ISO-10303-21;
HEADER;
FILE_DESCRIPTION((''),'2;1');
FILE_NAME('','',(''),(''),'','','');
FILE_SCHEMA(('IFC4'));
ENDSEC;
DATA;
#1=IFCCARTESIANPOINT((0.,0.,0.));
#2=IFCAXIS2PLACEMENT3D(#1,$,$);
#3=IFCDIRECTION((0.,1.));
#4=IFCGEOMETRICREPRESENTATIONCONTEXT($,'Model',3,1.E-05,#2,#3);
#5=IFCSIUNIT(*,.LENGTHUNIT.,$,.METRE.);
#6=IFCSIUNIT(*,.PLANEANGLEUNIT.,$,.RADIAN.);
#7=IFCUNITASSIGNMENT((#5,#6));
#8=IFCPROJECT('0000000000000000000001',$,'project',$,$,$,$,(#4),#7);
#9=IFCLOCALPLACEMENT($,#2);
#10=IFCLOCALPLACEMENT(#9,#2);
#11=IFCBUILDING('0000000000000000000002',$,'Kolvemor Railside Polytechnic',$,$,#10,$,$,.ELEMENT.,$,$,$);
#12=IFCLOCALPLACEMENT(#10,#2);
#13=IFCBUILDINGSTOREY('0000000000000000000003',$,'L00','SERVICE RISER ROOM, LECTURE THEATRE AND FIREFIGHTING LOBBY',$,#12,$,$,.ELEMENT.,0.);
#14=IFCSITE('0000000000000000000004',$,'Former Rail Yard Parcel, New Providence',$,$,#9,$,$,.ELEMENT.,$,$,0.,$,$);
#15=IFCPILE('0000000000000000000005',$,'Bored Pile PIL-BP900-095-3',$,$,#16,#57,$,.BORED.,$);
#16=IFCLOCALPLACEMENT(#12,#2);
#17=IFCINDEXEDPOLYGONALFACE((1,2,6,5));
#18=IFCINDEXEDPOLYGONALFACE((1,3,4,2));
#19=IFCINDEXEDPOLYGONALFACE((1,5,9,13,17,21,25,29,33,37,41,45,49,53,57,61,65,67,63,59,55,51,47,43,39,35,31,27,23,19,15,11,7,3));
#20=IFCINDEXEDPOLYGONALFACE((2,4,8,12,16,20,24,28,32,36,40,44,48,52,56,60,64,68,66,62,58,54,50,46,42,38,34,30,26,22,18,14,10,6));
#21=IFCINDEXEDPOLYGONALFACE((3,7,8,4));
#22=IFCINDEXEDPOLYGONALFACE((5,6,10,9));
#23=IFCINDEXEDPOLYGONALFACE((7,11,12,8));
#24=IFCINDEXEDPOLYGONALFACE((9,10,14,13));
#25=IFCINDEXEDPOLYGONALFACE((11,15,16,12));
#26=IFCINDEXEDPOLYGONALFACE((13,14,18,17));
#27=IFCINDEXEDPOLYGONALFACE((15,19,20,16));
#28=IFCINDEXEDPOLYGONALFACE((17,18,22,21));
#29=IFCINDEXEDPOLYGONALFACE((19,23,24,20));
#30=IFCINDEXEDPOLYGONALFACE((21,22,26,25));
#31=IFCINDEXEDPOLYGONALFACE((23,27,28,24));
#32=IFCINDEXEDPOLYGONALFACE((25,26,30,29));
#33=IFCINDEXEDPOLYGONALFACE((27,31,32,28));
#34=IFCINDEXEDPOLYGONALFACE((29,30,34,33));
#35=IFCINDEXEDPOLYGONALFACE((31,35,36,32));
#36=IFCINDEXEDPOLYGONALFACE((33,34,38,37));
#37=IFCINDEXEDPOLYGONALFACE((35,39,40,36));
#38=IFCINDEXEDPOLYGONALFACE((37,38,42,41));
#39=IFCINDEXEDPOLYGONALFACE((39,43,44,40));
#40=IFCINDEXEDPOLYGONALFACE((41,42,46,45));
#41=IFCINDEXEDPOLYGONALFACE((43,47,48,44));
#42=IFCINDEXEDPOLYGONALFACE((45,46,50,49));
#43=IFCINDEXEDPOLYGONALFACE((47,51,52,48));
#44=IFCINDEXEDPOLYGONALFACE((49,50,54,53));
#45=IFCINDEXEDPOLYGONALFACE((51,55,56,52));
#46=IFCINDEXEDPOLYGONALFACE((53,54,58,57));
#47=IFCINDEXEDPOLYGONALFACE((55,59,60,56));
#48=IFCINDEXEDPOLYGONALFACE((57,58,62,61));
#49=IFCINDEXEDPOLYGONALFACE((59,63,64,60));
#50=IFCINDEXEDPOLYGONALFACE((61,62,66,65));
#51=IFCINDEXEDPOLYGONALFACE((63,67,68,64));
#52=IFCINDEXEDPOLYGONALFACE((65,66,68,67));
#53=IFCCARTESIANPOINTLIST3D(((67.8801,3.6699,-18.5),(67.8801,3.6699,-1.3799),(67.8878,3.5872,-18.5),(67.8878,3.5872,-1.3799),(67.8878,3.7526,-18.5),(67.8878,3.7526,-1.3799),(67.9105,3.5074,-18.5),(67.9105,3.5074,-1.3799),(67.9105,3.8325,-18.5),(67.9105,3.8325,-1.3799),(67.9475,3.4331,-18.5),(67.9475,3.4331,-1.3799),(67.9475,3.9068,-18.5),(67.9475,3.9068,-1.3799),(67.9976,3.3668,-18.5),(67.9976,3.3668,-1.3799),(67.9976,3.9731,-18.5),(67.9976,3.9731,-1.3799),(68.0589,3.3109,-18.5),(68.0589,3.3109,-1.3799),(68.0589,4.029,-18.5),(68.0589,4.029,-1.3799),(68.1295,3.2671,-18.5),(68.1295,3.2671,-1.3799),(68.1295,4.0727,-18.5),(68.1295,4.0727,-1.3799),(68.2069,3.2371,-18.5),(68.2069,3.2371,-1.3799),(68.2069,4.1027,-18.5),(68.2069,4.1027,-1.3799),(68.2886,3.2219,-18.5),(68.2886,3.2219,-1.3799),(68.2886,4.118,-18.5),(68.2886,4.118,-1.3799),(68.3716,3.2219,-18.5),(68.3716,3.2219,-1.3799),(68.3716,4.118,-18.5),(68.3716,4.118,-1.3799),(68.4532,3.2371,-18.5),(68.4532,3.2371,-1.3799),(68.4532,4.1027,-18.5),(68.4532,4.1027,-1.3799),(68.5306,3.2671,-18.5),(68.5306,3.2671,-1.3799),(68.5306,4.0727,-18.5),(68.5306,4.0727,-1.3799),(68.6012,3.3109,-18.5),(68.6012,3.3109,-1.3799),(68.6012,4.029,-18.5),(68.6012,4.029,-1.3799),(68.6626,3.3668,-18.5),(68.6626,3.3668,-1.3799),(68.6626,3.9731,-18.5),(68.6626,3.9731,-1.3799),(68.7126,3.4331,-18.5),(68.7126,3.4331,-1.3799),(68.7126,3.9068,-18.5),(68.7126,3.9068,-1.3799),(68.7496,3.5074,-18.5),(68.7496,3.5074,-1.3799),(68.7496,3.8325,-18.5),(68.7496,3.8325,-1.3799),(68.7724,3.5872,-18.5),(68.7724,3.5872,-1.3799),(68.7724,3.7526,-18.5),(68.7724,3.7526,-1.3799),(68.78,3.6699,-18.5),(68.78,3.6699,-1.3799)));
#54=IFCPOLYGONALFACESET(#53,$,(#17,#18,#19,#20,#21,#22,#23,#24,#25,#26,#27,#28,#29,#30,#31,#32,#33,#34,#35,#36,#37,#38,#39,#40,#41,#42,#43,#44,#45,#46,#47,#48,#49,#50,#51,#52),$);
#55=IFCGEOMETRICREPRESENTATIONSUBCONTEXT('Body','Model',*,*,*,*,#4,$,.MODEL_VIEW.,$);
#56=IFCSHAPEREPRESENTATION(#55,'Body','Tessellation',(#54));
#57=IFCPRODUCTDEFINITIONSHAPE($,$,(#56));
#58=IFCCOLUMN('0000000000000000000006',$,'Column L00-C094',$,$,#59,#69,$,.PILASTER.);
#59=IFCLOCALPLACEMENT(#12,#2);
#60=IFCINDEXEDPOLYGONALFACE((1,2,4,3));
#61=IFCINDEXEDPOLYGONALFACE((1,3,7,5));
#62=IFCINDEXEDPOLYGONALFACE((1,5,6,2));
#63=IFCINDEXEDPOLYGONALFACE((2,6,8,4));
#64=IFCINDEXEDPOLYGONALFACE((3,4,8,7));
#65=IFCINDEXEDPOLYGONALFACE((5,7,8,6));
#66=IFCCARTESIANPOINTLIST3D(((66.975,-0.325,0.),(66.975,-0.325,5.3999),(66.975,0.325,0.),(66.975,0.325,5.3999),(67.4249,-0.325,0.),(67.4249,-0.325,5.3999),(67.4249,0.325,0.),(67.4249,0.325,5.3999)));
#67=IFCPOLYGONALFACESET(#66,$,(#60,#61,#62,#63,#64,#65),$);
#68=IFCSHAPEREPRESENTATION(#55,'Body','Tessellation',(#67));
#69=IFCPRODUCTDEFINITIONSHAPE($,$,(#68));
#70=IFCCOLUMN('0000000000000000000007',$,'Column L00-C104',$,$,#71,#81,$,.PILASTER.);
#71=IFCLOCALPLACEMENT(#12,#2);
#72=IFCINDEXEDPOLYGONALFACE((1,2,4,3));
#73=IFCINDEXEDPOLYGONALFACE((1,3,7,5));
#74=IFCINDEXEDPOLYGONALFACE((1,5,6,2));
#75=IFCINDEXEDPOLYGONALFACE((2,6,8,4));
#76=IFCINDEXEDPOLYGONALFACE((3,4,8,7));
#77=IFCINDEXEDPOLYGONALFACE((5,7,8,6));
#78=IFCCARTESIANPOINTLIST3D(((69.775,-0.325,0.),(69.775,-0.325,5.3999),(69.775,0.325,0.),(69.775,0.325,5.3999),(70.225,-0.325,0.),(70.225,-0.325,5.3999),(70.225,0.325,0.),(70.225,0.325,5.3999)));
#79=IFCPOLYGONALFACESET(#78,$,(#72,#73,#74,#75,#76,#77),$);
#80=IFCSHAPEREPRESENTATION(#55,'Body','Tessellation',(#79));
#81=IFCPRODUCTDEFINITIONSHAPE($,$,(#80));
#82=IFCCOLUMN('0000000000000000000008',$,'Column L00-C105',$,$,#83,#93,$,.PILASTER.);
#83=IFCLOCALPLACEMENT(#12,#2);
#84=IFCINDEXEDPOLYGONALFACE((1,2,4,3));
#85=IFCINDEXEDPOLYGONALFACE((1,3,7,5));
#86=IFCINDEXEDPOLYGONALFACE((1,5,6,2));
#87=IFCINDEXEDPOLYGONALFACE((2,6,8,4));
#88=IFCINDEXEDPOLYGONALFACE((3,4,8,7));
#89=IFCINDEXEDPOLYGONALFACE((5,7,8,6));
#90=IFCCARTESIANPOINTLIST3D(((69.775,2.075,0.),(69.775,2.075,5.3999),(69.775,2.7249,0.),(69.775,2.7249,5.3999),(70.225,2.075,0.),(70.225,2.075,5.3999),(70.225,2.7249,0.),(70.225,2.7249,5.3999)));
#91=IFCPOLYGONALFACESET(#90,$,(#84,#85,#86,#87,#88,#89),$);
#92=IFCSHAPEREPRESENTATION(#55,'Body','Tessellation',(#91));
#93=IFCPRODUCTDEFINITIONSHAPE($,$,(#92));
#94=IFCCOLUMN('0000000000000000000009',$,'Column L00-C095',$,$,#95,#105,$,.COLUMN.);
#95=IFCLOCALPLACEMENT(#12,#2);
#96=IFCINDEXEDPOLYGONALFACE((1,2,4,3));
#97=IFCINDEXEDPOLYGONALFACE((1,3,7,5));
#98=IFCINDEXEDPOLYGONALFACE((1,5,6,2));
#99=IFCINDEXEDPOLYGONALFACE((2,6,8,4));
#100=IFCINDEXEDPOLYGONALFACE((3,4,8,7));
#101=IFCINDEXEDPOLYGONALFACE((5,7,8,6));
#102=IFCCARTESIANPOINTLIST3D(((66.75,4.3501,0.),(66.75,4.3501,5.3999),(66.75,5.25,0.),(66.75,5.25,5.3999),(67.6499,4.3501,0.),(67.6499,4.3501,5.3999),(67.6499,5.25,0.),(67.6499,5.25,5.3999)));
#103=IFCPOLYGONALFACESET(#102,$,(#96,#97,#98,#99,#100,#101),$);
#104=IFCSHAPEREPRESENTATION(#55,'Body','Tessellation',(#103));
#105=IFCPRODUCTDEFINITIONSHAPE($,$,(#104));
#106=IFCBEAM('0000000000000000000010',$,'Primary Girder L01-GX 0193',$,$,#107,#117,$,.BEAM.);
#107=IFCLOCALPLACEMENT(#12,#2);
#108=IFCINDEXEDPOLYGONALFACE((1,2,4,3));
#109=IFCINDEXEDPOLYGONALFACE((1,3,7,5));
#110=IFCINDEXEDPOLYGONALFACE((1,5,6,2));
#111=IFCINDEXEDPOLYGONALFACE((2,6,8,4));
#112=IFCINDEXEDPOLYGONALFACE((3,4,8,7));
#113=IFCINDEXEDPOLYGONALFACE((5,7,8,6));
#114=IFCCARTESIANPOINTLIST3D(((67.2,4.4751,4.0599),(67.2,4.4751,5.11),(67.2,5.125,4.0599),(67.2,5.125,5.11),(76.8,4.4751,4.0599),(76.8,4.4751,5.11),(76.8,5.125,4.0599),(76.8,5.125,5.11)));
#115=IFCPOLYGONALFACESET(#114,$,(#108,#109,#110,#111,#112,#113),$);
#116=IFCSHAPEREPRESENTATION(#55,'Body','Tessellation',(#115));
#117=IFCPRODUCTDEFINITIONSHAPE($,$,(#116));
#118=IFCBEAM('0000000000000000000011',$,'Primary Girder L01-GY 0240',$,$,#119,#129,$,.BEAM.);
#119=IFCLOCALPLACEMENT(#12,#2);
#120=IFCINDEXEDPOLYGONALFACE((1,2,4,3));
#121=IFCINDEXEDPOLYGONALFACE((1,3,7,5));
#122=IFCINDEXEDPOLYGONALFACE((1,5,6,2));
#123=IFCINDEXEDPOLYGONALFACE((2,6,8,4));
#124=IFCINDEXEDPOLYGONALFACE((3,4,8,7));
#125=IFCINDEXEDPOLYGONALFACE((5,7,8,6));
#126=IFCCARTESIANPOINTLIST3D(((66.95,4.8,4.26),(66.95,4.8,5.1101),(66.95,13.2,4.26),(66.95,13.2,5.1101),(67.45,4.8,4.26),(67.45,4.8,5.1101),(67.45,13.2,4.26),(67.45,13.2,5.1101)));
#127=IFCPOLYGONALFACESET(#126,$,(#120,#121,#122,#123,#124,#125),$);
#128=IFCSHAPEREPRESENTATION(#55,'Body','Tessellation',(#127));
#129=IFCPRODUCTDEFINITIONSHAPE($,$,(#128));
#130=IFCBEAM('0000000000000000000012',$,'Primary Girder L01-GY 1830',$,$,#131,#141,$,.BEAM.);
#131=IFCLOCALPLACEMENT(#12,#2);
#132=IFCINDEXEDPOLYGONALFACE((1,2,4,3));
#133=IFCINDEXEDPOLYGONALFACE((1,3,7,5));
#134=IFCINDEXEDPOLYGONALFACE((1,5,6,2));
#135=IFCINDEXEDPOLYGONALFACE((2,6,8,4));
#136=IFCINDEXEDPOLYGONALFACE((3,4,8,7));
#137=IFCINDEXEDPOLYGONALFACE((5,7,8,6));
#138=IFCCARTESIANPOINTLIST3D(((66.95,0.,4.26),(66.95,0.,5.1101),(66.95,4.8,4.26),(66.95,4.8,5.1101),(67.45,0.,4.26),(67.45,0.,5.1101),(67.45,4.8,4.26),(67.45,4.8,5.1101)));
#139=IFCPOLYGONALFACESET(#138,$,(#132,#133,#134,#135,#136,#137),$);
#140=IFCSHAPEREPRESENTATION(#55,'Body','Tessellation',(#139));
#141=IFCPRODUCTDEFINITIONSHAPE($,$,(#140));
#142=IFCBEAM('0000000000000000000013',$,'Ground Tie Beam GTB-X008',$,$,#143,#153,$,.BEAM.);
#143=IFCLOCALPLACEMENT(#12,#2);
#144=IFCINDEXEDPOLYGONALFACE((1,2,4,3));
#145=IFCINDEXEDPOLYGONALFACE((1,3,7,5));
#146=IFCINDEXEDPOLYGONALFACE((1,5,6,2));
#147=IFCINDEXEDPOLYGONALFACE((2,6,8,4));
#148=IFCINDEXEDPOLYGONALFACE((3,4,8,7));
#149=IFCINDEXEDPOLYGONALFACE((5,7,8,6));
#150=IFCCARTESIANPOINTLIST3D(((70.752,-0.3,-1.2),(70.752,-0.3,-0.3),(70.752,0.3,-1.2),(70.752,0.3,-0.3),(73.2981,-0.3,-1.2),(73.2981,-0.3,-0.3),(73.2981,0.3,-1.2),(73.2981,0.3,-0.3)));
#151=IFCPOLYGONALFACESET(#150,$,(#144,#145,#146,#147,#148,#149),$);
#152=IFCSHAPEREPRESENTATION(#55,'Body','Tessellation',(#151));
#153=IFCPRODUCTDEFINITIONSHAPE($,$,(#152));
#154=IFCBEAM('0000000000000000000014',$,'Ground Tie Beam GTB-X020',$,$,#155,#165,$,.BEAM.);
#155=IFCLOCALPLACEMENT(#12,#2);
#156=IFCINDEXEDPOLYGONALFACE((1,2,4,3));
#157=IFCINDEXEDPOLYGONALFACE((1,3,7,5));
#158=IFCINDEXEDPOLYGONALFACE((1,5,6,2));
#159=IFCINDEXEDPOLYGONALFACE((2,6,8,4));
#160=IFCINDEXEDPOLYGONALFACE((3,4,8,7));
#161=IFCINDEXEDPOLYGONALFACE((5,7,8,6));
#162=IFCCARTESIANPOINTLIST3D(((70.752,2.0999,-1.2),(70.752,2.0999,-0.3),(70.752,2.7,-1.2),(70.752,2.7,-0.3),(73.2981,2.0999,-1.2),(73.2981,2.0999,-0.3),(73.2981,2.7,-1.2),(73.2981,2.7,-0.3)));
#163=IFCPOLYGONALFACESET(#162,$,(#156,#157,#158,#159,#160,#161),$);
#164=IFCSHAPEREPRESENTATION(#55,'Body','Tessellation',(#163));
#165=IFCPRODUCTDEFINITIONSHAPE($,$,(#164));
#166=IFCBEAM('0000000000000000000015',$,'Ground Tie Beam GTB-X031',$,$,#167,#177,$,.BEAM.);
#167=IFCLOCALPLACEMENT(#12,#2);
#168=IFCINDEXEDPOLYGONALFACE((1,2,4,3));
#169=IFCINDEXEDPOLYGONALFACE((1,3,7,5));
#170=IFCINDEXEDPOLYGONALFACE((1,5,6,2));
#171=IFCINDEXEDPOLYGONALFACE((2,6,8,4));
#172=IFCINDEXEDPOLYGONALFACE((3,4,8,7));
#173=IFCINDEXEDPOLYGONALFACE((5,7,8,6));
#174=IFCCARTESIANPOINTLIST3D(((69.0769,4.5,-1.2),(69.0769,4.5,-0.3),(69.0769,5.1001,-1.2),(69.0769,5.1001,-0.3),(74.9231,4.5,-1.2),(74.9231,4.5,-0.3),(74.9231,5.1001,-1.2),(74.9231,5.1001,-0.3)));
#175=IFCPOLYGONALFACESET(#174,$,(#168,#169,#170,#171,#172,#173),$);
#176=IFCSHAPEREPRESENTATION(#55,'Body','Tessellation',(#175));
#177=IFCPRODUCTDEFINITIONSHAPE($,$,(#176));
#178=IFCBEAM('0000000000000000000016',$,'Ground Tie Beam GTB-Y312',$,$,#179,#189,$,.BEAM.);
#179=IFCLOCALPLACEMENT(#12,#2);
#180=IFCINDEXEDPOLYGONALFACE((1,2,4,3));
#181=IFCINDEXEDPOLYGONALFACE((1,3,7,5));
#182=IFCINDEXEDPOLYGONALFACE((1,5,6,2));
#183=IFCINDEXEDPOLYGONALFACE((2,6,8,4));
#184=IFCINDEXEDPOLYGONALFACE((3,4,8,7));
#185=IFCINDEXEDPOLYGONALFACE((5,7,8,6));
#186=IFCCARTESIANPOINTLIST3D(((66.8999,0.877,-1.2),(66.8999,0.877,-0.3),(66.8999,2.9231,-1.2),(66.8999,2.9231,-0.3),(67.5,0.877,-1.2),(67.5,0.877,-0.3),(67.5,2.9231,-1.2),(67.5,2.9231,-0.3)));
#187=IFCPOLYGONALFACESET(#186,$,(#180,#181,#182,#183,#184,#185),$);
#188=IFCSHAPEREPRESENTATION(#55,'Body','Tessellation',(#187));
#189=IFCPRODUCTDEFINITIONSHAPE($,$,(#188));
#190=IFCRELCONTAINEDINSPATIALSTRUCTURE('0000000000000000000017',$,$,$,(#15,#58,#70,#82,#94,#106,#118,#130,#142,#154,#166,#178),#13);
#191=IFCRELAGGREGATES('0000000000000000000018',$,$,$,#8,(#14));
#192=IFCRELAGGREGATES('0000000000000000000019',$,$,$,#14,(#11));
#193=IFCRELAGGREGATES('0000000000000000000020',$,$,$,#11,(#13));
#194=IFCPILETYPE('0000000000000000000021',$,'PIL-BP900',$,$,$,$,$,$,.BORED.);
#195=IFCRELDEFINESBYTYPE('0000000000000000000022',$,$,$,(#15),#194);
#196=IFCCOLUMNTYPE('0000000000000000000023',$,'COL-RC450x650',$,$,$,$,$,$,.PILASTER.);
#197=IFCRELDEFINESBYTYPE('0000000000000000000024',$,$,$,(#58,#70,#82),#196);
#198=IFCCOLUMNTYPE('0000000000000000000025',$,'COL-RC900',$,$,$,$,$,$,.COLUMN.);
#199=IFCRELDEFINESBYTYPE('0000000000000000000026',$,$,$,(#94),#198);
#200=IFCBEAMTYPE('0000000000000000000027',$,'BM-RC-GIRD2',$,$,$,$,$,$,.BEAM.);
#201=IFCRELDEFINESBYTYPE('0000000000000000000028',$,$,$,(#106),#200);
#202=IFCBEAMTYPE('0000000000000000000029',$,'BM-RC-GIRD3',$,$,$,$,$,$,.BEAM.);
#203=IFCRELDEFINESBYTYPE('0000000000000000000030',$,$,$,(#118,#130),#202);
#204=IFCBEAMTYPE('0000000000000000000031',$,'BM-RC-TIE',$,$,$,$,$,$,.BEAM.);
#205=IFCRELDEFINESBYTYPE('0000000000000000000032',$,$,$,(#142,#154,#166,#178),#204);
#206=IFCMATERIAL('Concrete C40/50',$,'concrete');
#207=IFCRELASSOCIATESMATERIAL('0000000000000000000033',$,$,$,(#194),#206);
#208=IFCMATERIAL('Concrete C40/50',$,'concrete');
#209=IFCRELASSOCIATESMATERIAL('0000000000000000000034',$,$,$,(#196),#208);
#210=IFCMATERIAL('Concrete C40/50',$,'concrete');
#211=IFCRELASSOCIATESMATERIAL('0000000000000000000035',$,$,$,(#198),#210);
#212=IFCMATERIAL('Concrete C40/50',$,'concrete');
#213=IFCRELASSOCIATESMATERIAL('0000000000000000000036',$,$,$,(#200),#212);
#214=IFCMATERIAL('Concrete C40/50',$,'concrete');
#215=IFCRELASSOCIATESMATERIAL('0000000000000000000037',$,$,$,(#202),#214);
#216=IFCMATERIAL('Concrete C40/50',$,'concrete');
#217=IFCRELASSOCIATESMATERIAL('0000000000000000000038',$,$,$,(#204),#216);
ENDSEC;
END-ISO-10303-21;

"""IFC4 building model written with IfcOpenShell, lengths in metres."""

from ifc_helpers import new_model, si_unit, direction, frame, origin, origin_2d, place, context, subcontext, project, spatial, rectangle, circle, extrude, material, material_profile, profile_set, type_object, element, save


model = new_model("IFC4")

# Units and contexts
model_context = context("Model", 3, precision=1e-05, world=origin(), true_north=direction((0.0, 1.0)))
body_context = subcontext(model_context, "Body", "Model", "MODEL_VIEW")
ifc_project = project(units=[si_unit("LENGTHUNIT", "METRE"), si_unit("PLANEANGLEUNIT", "RADIAN")], contexts=[model_context])

# Site, building, storey
site_placement = place(None, origin())
site = spatial("IfcSite", under=ifc_project, at=site_placement, Name="Former Rail Yard Parcel, New Providence", CompositionType="ELEMENT", RefElevation=0.0)
building_placement = place(site_placement, origin())
building = spatial("IfcBuilding", under=site, at=building_placement, Name="Kolvemor Railside Polytechnic", CompositionType="ELEMENT")
storey_placement = place(building_placement, origin())
storey = spatial("IfcBuildingStorey", under=building, at=storey_placement, Name="L00", Description="SERVICE RISER ROOM, LECTURE THEATRE AND FIREFIGHTING LOBBY", CompositionType="ELEMENT", Elevation=0.0)

# Pile
ifc_material_1 = material(Name="Concrete C40/50", Category="concrete")
ifc_material_profile_1 = material_profile(ifc_material_1, circle(Radius=0.45, at=origin_2d()), Name="BP900")
ifc_profile_set_1 = profile_set([ifc_material_profile_1], Name="Concrete C40/50")
pile_type_1 = type_object("IfcPileType", Name="PIL-BP900", PredefinedType="BORED", material=ifc_profile_set_1)
for number, where, z_axis, x_axis, name in (
    (1, (68.3301, 3.6699, -1.3799), (0.0, 0.0, -1.0), (1.0, 0.0, 0.0), "Bored Pile PIL-BP900-095-3"),
):
    element("IfcPile", number, at=place(storey_placement, frame(where, z_axis=z_axis, x_axis=x_axis)), inside=storey, type_object=pile_type_1, Name=name, PredefinedType="BORED", context=body_context, shape_type="SweptSolid", body=[
        extrude(circle(Radius=0.45, at=origin_2d()), origin(), (0.0, 0.0, 1.0), 17.1201),
    ])

# Columns
ifc_material_2 = material(Name="Concrete C40/50", Category="concrete")
ifc_material_profile_2 = material_profile(ifc_material_2, rectangle(XDim=0.45, YDim=0.6499, at=origin_2d()), Name="RC450x650")
ifc_profile_set_2 = profile_set([ifc_material_profile_2], Name="Concrete C40/50")
column_type_1 = type_object("IfcColumnType", Name="COL-RC450x650", PredefinedType="PILASTER", material=ifc_profile_set_2)
for number, where, z_axis, x_axis, name in (
    (2, (67.2, 0.0, 0.0), (0.0, 0.0, 1.0), (1.0, 0.0, 0.0), "Column L00-C094"),
    (3, (70.0, 0.0, 0.0), (0.0, 0.0, 1.0), (1.0, 0.0, 0.0), "Column L00-C104"),
    (4, (70.0, 2.3999, 0.0), (0.0, 0.0, 1.0), (1.0, 0.0, 0.0), "Column L00-C105"),
):
    element("IfcColumn", number, at=place(storey_placement, frame(where, z_axis=z_axis, x_axis=x_axis)), inside=storey, type_object=column_type_1, Name=name, PredefinedType="PILASTER", context=body_context, shape_type="SweptSolid", body=[
        extrude(rectangle(XDim=0.45, YDim=0.6499, at=origin_2d()), origin(), (0.0, 0.0, 1.0), 5.3999),
    ])
ifc_material_3 = material(Name="Concrete C40/50", Category="concrete")
ifc_material_profile_3 = material_profile(ifc_material_3, rectangle(XDim=0.8999, YDim=0.8999, at=origin_2d()), Name="RC900x900")
ifc_profile_set_3 = profile_set([ifc_material_profile_3], Name="Concrete C40/50")
column_type_2 = type_object("IfcColumnType", Name="COL-RC900", PredefinedType="COLUMN", material=ifc_profile_set_3)
column_placement = place(storey_placement, frame((67.2, 4.8, 0.0), z_axis=(0.0, 0.0, 1.0), x_axis=(1.0, 0.0, 0.0)))
element("IfcColumn", 5, at=column_placement, inside=storey, type_object=column_type_2, Name="Column L00-C095", PredefinedType="COLUMN", context=body_context, shape_type="SweptSolid", body=[
    extrude(rectangle(XDim=0.8999, YDim=0.8999, at=origin_2d()), origin(), (0.0, 0.0, 1.0), 5.3999),
])

# Beams
ifc_material_4 = material(Name="Concrete C40/50", Category="concrete")
ifc_material_profile_4 = material_profile(ifc_material_4, rectangle(XDim=0.6499, YDim=1.05, at=origin_2d()), Name="RC650x1050")
ifc_profile_set_4 = profile_set([ifc_material_profile_4], Name="Concrete C40/50")
beam_type_1 = type_object("IfcBeamType", Name="BM-RC-GIRD2", PredefinedType="BEAM", material=ifc_profile_set_4)
beam_1_placement = place(storey_placement, frame((67.2, 4.8, 4.585), z_axis=(1.0, 0.0, 0.0), x_axis=(0.0, 1.0, 0.0)))
element("IfcBeam", 6, at=beam_1_placement, inside=storey, type_object=beam_type_1, Name="Primary Girder L01-GX 0193", PredefinedType="BEAM", context=body_context, shape_type="SweptSolid", body=[
    extrude(rectangle(XDim=0.6499, YDim=1.05, at=origin_2d()), origin(), (0.0, 0.0, 1.0), 9.6001),
])
ifc_material_5 = material(Name="Concrete C40/50", Category="concrete")
ifc_material_profile_5 = material_profile(ifc_material_5, rectangle(XDim=0.5, YDim=0.8501, at=origin_2d()), Name="RC500x850")
ifc_profile_set_5 = profile_set([ifc_material_profile_5], Name="Concrete C40/50")
beam_type_2 = type_object("IfcBeamType", Name="BM-RC-GIRD3", PredefinedType="BEAM", material=ifc_profile_set_5)
beam_2_placement = place(storey_placement, frame((67.2, 4.8, 4.6851), z_axis=(0.0, 1.0, 0.0), x_axis=(-1.0, 0.0, 0.0)))
element("IfcBeam", 7, at=beam_2_placement, inside=storey, type_object=beam_type_2, Name="Primary Girder L01-GY 0240", PredefinedType="BEAM", context=body_context, shape_type="SweptSolid", body=[
    extrude(rectangle(XDim=0.5, YDim=0.8501, at=origin_2d()), origin(), (0.0, 0.0, 1.0), 8.3999),
])
beam_3_placement = place(storey_placement, frame((67.2, 0.0, 4.6851), z_axis=(0.0, 1.0, 0.0), x_axis=(-1.0, 0.0, 0.0)))
element("IfcBeam", 8, at=beam_3_placement, inside=storey, type_object=beam_type_2, Name="Primary Girder L01-GY 1830", PredefinedType="BEAM", context=body_context, shape_type="SweptSolid", body=[
    extrude(rectangle(XDim=0.5, YDim=0.8501, at=origin_2d()), origin(), (0.0, 0.0, 1.0), 4.8),
])
ifc_material_6 = material(Name="Concrete C40/50", Category="concrete")
ifc_material_profile_6 = material_profile(ifc_material_6, rectangle(XDim=0.6001, YDim=0.8999, at=origin_2d()), Name="RC600x900")
ifc_profile_set_6 = profile_set([ifc_material_profile_6], Name="Concrete C40/50")
beam_type_3 = type_object("IfcBeamType", Name="BM-RC-TIE", PredefinedType="BEAM", material=ifc_profile_set_6)
for number, where, z_axis, x_axis, name in (
    (9, (70.752, 0.0, -0.75), (1.0, 0.0, 0.0), (0.0, 1.0, 0.0), "Ground Tie Beam GTB-X008"),
    (10, (70.752, 2.3999, -0.75), (1.0, 0.0, 0.0), (0.0, 1.0, 0.0), "Ground Tie Beam GTB-X020"),
):
    element("IfcBeam", number, at=place(storey_placement, frame(where, z_axis=z_axis, x_axis=x_axis)), inside=storey, type_object=beam_type_3, Name=name, PredefinedType="BEAM", context=body_context, shape_type="SweptSolid", body=[
        extrude(rectangle(XDim=0.6001, YDim=0.8999, at=origin_2d()), origin(), (0.0, 0.0, 1.0), 2.5461),
    ])
beam_4_placement = place(storey_placement, frame((69.0769, 4.8, -0.75), z_axis=(1.0, 0.0, 0.0), x_axis=(0.0, 1.0, 0.0)))
element("IfcBeam", 11, at=beam_4_placement, inside=storey, type_object=beam_type_3, Name="Ground Tie Beam GTB-X031", PredefinedType="BEAM", context=body_context, shape_type="SweptSolid", body=[
    extrude(rectangle(XDim=0.6001, YDim=0.8999, at=origin_2d()), origin(), (0.0, 0.0, 1.0), 5.8462),
])
beam_5_placement = place(storey_placement, frame((67.2, 0.877, -0.75), z_axis=(0.0, 1.0, 0.0), x_axis=(-1.0, 0.0, 0.0)))
element("IfcBeam", 12, at=beam_5_placement, inside=storey, type_object=beam_type_3, Name="Ground Tie Beam GTB-Y312", PredefinedType="BEAM", context=body_context, shape_type="SweptSolid", body=[
    extrude(rectangle(XDim=0.6001, YDim=0.8999, at=origin_2d()), origin(), (0.0, 0.0, 1.0), 2.0461),
])

save(model, "model.ifc")
